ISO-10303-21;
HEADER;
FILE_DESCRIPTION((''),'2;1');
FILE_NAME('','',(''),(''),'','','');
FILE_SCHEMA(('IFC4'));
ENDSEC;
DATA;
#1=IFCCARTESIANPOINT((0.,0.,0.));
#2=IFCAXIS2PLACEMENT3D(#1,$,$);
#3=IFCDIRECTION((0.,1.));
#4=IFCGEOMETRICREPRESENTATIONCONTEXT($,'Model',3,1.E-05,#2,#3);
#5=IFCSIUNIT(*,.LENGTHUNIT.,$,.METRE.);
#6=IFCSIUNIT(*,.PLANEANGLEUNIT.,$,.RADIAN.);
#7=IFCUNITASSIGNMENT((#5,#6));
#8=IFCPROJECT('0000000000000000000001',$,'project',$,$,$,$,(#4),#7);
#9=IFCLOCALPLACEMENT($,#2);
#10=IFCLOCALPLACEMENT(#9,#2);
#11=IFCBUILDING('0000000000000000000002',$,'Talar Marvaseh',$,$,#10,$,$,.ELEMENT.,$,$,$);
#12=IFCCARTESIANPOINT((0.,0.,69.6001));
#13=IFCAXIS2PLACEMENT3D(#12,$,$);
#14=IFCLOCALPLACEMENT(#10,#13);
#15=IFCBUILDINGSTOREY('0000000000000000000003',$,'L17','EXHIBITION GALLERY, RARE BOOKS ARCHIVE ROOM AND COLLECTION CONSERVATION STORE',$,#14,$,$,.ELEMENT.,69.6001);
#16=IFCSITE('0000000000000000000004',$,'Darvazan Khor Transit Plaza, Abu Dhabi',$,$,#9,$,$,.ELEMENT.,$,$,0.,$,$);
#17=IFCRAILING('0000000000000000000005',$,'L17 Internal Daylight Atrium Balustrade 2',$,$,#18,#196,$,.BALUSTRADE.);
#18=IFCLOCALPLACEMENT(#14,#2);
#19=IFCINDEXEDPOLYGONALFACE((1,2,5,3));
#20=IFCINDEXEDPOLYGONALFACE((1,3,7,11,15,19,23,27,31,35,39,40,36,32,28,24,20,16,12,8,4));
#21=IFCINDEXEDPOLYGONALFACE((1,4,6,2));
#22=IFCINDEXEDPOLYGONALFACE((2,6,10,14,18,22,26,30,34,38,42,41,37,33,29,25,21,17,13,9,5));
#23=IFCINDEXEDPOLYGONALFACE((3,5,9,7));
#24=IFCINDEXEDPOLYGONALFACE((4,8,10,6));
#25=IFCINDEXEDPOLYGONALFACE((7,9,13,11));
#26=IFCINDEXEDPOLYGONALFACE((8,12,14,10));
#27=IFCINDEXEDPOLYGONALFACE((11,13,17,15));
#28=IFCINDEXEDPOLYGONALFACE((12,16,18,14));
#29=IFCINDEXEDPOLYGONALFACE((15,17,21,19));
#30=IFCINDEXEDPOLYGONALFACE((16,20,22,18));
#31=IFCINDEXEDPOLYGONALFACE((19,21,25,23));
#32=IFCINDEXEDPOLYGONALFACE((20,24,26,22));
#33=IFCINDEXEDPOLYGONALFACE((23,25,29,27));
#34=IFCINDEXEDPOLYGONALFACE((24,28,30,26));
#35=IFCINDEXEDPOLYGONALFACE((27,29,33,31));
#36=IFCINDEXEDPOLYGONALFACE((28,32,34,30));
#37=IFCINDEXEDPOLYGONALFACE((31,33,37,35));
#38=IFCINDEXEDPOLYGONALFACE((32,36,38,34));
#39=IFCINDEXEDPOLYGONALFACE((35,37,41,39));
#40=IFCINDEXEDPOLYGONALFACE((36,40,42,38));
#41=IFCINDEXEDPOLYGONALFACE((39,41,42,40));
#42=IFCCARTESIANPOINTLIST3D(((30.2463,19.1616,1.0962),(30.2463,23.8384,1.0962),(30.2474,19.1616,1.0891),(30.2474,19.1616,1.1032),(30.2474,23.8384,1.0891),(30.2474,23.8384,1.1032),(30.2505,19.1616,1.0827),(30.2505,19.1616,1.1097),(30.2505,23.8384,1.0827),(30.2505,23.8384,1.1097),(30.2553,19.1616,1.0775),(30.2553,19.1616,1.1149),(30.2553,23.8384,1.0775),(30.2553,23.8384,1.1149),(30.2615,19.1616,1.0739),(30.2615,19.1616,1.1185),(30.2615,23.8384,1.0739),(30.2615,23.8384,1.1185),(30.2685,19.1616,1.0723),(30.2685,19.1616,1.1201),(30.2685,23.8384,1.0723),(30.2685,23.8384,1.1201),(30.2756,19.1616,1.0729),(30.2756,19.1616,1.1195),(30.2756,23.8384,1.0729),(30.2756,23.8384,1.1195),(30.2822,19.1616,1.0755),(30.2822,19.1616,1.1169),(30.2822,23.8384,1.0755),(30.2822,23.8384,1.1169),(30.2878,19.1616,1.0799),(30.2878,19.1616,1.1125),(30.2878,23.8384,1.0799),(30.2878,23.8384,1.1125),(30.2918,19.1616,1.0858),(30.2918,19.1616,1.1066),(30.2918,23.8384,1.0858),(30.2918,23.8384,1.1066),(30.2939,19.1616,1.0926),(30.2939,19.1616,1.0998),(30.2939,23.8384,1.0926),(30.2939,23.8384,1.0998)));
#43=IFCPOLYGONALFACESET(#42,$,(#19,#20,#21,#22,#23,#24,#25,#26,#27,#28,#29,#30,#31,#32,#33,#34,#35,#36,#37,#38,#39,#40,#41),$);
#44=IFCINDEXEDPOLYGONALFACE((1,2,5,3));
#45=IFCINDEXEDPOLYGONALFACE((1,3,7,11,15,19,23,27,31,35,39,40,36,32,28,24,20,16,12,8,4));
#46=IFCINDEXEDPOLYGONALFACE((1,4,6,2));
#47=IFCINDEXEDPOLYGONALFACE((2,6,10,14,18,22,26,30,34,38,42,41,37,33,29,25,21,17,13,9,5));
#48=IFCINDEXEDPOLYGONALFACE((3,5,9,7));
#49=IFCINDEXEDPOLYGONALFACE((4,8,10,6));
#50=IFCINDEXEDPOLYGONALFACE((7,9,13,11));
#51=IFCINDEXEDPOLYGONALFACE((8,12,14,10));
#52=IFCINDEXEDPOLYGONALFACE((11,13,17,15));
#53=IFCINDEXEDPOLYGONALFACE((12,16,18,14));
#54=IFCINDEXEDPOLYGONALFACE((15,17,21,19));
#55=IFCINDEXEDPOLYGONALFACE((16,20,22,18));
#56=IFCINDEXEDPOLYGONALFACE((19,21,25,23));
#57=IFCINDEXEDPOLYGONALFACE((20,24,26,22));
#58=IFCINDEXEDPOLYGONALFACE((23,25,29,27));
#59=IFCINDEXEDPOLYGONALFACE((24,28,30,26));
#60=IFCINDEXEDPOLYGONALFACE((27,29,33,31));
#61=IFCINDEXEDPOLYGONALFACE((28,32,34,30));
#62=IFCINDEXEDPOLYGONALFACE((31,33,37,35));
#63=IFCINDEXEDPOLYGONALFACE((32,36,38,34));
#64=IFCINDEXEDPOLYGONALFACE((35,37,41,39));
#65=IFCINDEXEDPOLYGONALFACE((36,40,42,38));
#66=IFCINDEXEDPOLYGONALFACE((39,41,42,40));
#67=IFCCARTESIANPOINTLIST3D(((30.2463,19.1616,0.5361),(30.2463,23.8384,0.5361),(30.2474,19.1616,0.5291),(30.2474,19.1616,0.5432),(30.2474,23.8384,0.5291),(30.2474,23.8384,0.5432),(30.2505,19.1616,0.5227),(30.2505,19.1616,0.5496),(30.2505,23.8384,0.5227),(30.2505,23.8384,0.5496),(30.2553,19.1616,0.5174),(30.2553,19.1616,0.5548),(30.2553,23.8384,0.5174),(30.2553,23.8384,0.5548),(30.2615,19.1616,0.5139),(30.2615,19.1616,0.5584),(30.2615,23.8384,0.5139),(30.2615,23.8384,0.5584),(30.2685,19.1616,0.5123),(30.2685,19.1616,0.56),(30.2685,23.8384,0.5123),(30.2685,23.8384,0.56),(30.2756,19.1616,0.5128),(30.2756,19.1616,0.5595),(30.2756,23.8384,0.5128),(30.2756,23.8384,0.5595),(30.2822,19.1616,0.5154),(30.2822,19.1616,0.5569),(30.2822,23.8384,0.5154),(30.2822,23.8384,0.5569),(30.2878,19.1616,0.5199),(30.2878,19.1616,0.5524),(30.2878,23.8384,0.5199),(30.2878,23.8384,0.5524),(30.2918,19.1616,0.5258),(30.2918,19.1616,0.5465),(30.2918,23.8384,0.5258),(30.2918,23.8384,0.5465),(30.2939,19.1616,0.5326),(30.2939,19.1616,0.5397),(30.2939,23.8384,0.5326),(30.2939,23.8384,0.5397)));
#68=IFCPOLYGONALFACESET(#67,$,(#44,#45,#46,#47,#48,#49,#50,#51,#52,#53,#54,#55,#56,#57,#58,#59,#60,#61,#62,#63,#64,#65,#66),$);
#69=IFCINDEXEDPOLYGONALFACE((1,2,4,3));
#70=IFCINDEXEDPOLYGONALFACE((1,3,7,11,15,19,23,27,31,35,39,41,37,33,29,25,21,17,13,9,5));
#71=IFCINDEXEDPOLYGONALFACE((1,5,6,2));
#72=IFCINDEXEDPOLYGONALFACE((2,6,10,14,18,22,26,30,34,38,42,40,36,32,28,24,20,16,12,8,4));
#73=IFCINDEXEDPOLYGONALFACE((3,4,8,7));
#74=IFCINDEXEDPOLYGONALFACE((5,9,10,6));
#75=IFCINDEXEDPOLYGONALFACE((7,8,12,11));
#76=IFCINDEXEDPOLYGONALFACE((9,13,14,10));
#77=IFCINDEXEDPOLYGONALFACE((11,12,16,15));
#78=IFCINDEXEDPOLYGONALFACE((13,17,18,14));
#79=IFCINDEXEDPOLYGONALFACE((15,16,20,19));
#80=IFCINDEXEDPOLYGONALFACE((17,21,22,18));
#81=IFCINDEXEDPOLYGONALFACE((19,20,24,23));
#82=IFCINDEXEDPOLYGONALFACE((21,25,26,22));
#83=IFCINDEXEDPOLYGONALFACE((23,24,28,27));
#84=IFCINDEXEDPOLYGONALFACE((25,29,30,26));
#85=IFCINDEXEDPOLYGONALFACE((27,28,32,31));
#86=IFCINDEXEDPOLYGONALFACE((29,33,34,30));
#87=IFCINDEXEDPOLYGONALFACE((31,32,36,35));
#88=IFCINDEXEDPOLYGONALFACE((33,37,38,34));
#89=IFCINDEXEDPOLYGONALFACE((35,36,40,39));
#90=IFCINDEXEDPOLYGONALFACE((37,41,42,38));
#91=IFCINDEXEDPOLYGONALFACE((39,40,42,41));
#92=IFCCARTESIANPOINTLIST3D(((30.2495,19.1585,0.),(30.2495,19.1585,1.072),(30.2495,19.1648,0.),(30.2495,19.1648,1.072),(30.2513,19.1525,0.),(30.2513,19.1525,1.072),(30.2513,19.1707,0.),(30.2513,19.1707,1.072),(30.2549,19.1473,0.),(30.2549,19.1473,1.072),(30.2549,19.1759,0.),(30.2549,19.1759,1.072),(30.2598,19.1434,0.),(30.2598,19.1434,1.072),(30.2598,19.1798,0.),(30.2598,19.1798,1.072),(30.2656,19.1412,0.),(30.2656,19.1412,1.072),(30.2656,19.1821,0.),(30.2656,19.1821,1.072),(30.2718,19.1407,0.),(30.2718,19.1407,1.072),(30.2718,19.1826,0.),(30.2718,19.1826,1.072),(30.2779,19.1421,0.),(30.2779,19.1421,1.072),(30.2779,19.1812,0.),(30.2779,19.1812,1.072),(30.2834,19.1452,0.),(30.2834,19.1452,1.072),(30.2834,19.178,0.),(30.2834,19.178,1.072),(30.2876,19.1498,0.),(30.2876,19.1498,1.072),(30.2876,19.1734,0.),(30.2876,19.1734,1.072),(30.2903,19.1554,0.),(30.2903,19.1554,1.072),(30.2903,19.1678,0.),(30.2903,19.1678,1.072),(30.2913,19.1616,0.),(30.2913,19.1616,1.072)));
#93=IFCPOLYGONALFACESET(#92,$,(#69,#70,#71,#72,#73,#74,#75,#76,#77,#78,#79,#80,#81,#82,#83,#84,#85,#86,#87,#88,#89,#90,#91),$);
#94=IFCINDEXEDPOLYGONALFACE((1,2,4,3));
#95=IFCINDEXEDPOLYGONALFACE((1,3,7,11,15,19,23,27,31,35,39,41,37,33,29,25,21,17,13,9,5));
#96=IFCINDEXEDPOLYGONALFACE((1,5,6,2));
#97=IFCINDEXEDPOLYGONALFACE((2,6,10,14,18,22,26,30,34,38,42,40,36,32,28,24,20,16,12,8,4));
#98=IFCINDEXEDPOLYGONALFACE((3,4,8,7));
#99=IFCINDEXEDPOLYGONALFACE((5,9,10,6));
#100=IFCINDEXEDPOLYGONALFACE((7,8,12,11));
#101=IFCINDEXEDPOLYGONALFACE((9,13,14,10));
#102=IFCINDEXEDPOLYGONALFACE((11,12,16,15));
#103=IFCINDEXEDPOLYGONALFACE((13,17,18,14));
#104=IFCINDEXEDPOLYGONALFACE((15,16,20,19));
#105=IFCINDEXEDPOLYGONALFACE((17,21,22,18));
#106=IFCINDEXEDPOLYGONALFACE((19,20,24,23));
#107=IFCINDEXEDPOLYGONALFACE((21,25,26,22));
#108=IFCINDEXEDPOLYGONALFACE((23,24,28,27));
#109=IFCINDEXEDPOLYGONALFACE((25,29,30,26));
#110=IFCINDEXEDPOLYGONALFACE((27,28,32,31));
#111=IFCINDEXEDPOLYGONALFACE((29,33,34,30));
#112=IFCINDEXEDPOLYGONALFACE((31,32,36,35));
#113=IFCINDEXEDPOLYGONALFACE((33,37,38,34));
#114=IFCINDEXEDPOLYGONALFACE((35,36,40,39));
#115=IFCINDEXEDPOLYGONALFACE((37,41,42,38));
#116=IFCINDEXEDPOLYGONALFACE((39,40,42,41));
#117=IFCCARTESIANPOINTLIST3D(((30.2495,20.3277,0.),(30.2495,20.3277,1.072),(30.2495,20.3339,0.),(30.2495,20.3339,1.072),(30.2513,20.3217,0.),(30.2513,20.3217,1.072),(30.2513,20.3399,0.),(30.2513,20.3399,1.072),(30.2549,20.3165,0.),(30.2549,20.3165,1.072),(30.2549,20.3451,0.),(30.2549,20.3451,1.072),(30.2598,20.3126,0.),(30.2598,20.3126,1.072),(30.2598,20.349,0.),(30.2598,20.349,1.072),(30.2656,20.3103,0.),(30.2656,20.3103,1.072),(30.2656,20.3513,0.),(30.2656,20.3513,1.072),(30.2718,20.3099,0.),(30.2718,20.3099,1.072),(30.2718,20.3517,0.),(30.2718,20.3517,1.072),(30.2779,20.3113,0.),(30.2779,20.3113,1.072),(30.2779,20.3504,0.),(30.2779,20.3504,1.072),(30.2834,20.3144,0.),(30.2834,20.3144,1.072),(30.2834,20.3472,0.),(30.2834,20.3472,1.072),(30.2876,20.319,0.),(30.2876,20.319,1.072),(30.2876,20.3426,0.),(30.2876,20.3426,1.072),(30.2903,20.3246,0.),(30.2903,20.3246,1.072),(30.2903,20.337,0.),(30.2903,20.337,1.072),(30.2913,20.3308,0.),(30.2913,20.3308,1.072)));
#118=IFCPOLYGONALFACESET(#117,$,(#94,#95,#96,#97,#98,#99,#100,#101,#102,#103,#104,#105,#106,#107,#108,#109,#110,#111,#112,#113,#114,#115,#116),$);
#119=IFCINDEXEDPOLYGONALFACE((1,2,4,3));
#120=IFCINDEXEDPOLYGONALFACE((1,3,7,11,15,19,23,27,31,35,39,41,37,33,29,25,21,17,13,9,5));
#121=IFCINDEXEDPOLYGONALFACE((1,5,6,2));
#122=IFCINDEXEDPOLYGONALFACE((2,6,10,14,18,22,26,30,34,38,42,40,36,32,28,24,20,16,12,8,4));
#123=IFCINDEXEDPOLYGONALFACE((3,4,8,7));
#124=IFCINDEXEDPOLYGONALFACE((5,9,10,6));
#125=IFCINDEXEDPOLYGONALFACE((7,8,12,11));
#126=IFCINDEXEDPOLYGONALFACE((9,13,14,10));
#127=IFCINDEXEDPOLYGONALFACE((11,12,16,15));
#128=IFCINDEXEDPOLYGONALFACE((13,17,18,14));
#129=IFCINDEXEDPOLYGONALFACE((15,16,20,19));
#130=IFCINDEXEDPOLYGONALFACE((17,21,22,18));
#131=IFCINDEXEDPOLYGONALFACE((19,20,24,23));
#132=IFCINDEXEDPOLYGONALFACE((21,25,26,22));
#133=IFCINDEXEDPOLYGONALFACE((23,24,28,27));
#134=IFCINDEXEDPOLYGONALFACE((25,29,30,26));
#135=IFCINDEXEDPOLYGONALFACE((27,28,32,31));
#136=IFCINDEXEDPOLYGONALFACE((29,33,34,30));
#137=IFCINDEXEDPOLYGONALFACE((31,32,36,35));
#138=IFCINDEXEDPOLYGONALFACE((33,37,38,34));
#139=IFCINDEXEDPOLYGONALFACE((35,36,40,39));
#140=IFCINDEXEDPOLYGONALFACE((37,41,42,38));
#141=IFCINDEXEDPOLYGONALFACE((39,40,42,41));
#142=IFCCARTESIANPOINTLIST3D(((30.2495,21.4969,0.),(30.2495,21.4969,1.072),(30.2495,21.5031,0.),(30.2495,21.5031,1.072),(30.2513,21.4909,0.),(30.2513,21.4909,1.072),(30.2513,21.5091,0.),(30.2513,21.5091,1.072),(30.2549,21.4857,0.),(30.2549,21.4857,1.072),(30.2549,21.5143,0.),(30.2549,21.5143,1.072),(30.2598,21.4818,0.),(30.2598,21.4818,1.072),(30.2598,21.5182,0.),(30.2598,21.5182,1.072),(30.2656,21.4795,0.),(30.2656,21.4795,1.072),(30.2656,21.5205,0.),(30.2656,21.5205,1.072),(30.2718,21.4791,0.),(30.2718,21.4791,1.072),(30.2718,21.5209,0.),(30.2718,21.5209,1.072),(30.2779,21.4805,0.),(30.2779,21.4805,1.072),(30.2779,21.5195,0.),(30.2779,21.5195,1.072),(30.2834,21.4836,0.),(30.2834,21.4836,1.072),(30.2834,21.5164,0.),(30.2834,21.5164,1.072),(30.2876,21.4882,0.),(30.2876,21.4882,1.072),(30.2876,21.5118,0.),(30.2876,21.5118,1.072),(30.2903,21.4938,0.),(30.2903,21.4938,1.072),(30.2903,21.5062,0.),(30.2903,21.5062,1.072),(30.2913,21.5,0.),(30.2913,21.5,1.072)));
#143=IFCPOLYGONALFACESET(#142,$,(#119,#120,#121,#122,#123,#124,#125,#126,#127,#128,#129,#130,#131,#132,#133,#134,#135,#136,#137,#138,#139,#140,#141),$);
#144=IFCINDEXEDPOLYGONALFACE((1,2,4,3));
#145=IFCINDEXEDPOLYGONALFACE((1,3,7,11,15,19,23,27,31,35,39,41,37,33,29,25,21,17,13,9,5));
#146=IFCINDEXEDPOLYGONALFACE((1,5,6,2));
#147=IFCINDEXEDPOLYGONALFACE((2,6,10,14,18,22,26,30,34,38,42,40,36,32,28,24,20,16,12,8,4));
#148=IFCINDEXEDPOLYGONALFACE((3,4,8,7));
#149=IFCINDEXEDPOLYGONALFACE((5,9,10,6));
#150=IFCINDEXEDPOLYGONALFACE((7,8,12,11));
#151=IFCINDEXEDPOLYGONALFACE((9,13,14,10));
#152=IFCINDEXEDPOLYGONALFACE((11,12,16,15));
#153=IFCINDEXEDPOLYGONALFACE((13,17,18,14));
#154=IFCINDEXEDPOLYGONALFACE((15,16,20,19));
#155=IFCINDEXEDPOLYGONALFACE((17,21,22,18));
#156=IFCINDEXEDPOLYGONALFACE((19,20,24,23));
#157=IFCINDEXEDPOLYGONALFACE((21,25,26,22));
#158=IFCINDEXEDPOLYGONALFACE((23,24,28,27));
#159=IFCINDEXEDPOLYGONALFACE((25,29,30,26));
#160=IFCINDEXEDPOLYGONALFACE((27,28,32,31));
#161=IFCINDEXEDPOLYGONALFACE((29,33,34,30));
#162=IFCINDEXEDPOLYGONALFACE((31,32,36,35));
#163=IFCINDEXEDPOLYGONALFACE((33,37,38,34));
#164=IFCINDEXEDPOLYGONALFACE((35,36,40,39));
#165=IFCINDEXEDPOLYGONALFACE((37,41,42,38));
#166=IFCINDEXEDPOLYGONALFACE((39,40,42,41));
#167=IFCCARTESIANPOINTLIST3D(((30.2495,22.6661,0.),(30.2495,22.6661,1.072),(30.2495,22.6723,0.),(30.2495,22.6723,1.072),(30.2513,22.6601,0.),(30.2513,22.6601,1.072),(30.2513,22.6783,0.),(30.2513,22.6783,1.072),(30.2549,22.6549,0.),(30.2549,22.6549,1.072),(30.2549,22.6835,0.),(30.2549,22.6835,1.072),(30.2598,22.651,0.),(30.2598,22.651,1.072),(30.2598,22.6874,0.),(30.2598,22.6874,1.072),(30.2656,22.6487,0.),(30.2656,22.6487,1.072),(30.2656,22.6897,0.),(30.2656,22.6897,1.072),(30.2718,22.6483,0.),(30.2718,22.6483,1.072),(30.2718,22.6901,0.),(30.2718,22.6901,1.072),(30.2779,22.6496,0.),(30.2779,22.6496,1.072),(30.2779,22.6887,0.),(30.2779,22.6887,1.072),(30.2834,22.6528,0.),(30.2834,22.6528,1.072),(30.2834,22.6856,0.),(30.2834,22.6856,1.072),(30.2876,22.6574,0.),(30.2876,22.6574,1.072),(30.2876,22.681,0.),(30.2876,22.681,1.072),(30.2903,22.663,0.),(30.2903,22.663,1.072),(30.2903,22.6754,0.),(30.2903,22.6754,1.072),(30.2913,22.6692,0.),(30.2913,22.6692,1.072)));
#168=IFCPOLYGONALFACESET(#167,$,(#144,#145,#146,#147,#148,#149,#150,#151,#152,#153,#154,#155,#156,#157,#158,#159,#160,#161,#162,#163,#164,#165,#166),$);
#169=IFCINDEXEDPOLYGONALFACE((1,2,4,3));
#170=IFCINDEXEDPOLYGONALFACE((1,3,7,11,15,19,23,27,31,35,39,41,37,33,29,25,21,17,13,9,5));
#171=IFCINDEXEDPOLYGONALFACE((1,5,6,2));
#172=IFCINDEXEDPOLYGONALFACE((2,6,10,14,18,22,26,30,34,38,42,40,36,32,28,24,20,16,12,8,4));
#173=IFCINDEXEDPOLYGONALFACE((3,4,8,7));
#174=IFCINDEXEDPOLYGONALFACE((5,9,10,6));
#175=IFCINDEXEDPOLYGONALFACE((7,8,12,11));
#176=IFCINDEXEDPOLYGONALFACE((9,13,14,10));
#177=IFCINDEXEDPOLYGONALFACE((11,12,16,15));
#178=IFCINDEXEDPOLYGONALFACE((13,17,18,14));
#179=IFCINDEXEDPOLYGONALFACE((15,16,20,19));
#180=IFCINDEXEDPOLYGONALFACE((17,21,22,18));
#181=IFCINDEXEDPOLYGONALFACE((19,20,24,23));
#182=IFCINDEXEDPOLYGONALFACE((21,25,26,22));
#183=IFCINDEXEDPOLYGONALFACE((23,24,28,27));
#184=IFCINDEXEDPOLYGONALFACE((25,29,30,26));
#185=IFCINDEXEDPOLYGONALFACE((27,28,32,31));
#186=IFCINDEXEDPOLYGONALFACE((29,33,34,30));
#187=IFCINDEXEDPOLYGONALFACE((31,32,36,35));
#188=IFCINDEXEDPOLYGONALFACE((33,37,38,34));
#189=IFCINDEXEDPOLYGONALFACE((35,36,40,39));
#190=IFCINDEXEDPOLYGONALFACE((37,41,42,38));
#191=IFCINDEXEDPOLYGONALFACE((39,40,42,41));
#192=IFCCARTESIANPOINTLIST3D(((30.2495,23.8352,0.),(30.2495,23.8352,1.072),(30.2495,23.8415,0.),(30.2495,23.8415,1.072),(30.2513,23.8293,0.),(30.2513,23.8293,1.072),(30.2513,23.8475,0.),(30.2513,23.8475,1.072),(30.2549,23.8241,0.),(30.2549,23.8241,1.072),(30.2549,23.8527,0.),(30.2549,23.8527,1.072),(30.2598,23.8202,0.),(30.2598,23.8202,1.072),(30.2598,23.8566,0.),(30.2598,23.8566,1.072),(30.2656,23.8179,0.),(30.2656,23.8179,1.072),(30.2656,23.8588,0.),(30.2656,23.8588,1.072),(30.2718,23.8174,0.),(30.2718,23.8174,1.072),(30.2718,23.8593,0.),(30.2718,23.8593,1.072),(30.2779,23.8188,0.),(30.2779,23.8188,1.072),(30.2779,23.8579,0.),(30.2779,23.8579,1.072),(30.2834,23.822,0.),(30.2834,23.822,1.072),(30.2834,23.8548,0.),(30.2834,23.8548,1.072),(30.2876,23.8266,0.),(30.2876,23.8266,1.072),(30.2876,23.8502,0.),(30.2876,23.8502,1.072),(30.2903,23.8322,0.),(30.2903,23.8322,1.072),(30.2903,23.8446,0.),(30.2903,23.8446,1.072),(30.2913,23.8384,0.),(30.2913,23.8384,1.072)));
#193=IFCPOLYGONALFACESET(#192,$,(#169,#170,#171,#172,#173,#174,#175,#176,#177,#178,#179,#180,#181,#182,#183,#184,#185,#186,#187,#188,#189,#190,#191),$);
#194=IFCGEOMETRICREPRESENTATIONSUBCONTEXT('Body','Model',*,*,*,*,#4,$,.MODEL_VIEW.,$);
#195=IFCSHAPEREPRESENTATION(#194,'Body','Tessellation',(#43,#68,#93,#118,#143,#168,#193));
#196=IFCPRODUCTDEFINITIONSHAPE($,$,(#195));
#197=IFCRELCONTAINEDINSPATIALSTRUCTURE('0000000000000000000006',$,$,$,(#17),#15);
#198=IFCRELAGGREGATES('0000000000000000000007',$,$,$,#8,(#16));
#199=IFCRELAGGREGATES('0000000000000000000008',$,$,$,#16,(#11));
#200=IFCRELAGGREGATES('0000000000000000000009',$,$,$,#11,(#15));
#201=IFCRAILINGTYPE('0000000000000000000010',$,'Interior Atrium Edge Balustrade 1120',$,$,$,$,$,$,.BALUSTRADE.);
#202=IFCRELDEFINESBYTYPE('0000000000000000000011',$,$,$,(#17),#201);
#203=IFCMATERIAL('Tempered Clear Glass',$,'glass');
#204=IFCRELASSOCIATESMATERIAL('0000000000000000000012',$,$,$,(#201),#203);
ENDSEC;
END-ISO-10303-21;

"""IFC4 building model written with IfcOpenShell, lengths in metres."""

from ifc_helpers import new_model, si_unit, direction, frame, origin, origin_2d, place, context, subcontext, project, spatial, circle, extrude, material, type_object, element, save


model = new_model("IFC4")

# Units and contexts
model_context = context("Model", 3, precision=1e-05, world=origin(), true_north=direction((0.0, 1.0)))
body_context = subcontext(model_context, "Body", "Model", "MODEL_VIEW")
ifc_project = project(units=[si_unit("LENGTHUNIT", "METRE"), si_unit("PLANEANGLEUNIT", "RADIAN")], contexts=[model_context])

# Site, building, storey
site_placement = place(None, origin())
site = spatial("IfcSite", under=ifc_project, at=site_placement, Name="Darvazan Khor Transit Plaza, Abu Dhabi", CompositionType="ELEMENT", RefElevation=0.0)
building_placement = place(site_placement, origin())
building = spatial("IfcBuilding", under=site, at=building_placement, Name="Talar Marvaseh", CompositionType="ELEMENT")
storey_placement = place(building_placement, frame((0.0, 0.0, 69.6001)))
storey = spatial("IfcBuildingStorey", under=building, at=storey_placement, Name="L17", Description="EXHIBITION GALLERY, RARE BOOKS ARCHIVE ROOM AND COLLECTION CONSERVATION STORE", CompositionType="ELEMENT", Elevation=69.6001)

# Railing
ifc_material_1 = material(Name="Tempered Clear Glass", Category="glass")
railing_type_1 = type_object("IfcRailingType", Name="Interior Atrium Edge Balustrade 1120", PredefinedType="BALUSTRADE", material=ifc_material_1)
railing_1_placement = place(storey_placement, frame((30.2703, 19.1616, 0.0)))
element("IfcRailing", 1, at=railing_1_placement, inside=storey, type_object=railing_type_1, Name="L17 Internal Daylight Atrium Balustrade 2", PredefinedType="BALUSTRADE", context=body_context, shape_type="SweptSolid", body=[
    extrude(circle(Radius=0.0239, at=origin_2d()), frame((0.0, 0.0, 1.0962), z_axis=(0.0, 1.0, 0.0), x_axis=(-1.0, 0.0, 0.0)), (0.0, 0.0, 1.0), 4.6768),
    extrude(circle(Radius=0.0239, at=origin_2d()), frame((0.0, 0.0, 0.5361), z_axis=(0.0, 1.0, 0.0), x_axis=(-1.0, 0.0, 0.0)), (0.0, 0.0, 1.0), 4.6768),
    extrude(circle(Radius=0.021, at=origin_2d()), origin(), (0.0, 0.0, 1.0), 1.072),
    extrude(circle(Radius=0.021, at=origin_2d()), frame((0.0, 1.1692, 0.0)), (0.0, 0.0, 1.0), 1.072),
    extrude(circle(Radius=0.021, at=origin_2d()), frame((0.0, 2.3384, 0.0)), (0.0, 0.0, 1.0), 1.072),
    extrude(circle(Radius=0.021, at=origin_2d()), frame((0.0, 3.5076, 0.0)), (0.0, 0.0, 1.0), 1.072),
    extrude(circle(Radius=0.021, at=origin_2d()), frame((0.0, 4.6768, 0.0)), (0.0, 0.0, 1.0), 1.072),
])

save(model, "model.ifc")
